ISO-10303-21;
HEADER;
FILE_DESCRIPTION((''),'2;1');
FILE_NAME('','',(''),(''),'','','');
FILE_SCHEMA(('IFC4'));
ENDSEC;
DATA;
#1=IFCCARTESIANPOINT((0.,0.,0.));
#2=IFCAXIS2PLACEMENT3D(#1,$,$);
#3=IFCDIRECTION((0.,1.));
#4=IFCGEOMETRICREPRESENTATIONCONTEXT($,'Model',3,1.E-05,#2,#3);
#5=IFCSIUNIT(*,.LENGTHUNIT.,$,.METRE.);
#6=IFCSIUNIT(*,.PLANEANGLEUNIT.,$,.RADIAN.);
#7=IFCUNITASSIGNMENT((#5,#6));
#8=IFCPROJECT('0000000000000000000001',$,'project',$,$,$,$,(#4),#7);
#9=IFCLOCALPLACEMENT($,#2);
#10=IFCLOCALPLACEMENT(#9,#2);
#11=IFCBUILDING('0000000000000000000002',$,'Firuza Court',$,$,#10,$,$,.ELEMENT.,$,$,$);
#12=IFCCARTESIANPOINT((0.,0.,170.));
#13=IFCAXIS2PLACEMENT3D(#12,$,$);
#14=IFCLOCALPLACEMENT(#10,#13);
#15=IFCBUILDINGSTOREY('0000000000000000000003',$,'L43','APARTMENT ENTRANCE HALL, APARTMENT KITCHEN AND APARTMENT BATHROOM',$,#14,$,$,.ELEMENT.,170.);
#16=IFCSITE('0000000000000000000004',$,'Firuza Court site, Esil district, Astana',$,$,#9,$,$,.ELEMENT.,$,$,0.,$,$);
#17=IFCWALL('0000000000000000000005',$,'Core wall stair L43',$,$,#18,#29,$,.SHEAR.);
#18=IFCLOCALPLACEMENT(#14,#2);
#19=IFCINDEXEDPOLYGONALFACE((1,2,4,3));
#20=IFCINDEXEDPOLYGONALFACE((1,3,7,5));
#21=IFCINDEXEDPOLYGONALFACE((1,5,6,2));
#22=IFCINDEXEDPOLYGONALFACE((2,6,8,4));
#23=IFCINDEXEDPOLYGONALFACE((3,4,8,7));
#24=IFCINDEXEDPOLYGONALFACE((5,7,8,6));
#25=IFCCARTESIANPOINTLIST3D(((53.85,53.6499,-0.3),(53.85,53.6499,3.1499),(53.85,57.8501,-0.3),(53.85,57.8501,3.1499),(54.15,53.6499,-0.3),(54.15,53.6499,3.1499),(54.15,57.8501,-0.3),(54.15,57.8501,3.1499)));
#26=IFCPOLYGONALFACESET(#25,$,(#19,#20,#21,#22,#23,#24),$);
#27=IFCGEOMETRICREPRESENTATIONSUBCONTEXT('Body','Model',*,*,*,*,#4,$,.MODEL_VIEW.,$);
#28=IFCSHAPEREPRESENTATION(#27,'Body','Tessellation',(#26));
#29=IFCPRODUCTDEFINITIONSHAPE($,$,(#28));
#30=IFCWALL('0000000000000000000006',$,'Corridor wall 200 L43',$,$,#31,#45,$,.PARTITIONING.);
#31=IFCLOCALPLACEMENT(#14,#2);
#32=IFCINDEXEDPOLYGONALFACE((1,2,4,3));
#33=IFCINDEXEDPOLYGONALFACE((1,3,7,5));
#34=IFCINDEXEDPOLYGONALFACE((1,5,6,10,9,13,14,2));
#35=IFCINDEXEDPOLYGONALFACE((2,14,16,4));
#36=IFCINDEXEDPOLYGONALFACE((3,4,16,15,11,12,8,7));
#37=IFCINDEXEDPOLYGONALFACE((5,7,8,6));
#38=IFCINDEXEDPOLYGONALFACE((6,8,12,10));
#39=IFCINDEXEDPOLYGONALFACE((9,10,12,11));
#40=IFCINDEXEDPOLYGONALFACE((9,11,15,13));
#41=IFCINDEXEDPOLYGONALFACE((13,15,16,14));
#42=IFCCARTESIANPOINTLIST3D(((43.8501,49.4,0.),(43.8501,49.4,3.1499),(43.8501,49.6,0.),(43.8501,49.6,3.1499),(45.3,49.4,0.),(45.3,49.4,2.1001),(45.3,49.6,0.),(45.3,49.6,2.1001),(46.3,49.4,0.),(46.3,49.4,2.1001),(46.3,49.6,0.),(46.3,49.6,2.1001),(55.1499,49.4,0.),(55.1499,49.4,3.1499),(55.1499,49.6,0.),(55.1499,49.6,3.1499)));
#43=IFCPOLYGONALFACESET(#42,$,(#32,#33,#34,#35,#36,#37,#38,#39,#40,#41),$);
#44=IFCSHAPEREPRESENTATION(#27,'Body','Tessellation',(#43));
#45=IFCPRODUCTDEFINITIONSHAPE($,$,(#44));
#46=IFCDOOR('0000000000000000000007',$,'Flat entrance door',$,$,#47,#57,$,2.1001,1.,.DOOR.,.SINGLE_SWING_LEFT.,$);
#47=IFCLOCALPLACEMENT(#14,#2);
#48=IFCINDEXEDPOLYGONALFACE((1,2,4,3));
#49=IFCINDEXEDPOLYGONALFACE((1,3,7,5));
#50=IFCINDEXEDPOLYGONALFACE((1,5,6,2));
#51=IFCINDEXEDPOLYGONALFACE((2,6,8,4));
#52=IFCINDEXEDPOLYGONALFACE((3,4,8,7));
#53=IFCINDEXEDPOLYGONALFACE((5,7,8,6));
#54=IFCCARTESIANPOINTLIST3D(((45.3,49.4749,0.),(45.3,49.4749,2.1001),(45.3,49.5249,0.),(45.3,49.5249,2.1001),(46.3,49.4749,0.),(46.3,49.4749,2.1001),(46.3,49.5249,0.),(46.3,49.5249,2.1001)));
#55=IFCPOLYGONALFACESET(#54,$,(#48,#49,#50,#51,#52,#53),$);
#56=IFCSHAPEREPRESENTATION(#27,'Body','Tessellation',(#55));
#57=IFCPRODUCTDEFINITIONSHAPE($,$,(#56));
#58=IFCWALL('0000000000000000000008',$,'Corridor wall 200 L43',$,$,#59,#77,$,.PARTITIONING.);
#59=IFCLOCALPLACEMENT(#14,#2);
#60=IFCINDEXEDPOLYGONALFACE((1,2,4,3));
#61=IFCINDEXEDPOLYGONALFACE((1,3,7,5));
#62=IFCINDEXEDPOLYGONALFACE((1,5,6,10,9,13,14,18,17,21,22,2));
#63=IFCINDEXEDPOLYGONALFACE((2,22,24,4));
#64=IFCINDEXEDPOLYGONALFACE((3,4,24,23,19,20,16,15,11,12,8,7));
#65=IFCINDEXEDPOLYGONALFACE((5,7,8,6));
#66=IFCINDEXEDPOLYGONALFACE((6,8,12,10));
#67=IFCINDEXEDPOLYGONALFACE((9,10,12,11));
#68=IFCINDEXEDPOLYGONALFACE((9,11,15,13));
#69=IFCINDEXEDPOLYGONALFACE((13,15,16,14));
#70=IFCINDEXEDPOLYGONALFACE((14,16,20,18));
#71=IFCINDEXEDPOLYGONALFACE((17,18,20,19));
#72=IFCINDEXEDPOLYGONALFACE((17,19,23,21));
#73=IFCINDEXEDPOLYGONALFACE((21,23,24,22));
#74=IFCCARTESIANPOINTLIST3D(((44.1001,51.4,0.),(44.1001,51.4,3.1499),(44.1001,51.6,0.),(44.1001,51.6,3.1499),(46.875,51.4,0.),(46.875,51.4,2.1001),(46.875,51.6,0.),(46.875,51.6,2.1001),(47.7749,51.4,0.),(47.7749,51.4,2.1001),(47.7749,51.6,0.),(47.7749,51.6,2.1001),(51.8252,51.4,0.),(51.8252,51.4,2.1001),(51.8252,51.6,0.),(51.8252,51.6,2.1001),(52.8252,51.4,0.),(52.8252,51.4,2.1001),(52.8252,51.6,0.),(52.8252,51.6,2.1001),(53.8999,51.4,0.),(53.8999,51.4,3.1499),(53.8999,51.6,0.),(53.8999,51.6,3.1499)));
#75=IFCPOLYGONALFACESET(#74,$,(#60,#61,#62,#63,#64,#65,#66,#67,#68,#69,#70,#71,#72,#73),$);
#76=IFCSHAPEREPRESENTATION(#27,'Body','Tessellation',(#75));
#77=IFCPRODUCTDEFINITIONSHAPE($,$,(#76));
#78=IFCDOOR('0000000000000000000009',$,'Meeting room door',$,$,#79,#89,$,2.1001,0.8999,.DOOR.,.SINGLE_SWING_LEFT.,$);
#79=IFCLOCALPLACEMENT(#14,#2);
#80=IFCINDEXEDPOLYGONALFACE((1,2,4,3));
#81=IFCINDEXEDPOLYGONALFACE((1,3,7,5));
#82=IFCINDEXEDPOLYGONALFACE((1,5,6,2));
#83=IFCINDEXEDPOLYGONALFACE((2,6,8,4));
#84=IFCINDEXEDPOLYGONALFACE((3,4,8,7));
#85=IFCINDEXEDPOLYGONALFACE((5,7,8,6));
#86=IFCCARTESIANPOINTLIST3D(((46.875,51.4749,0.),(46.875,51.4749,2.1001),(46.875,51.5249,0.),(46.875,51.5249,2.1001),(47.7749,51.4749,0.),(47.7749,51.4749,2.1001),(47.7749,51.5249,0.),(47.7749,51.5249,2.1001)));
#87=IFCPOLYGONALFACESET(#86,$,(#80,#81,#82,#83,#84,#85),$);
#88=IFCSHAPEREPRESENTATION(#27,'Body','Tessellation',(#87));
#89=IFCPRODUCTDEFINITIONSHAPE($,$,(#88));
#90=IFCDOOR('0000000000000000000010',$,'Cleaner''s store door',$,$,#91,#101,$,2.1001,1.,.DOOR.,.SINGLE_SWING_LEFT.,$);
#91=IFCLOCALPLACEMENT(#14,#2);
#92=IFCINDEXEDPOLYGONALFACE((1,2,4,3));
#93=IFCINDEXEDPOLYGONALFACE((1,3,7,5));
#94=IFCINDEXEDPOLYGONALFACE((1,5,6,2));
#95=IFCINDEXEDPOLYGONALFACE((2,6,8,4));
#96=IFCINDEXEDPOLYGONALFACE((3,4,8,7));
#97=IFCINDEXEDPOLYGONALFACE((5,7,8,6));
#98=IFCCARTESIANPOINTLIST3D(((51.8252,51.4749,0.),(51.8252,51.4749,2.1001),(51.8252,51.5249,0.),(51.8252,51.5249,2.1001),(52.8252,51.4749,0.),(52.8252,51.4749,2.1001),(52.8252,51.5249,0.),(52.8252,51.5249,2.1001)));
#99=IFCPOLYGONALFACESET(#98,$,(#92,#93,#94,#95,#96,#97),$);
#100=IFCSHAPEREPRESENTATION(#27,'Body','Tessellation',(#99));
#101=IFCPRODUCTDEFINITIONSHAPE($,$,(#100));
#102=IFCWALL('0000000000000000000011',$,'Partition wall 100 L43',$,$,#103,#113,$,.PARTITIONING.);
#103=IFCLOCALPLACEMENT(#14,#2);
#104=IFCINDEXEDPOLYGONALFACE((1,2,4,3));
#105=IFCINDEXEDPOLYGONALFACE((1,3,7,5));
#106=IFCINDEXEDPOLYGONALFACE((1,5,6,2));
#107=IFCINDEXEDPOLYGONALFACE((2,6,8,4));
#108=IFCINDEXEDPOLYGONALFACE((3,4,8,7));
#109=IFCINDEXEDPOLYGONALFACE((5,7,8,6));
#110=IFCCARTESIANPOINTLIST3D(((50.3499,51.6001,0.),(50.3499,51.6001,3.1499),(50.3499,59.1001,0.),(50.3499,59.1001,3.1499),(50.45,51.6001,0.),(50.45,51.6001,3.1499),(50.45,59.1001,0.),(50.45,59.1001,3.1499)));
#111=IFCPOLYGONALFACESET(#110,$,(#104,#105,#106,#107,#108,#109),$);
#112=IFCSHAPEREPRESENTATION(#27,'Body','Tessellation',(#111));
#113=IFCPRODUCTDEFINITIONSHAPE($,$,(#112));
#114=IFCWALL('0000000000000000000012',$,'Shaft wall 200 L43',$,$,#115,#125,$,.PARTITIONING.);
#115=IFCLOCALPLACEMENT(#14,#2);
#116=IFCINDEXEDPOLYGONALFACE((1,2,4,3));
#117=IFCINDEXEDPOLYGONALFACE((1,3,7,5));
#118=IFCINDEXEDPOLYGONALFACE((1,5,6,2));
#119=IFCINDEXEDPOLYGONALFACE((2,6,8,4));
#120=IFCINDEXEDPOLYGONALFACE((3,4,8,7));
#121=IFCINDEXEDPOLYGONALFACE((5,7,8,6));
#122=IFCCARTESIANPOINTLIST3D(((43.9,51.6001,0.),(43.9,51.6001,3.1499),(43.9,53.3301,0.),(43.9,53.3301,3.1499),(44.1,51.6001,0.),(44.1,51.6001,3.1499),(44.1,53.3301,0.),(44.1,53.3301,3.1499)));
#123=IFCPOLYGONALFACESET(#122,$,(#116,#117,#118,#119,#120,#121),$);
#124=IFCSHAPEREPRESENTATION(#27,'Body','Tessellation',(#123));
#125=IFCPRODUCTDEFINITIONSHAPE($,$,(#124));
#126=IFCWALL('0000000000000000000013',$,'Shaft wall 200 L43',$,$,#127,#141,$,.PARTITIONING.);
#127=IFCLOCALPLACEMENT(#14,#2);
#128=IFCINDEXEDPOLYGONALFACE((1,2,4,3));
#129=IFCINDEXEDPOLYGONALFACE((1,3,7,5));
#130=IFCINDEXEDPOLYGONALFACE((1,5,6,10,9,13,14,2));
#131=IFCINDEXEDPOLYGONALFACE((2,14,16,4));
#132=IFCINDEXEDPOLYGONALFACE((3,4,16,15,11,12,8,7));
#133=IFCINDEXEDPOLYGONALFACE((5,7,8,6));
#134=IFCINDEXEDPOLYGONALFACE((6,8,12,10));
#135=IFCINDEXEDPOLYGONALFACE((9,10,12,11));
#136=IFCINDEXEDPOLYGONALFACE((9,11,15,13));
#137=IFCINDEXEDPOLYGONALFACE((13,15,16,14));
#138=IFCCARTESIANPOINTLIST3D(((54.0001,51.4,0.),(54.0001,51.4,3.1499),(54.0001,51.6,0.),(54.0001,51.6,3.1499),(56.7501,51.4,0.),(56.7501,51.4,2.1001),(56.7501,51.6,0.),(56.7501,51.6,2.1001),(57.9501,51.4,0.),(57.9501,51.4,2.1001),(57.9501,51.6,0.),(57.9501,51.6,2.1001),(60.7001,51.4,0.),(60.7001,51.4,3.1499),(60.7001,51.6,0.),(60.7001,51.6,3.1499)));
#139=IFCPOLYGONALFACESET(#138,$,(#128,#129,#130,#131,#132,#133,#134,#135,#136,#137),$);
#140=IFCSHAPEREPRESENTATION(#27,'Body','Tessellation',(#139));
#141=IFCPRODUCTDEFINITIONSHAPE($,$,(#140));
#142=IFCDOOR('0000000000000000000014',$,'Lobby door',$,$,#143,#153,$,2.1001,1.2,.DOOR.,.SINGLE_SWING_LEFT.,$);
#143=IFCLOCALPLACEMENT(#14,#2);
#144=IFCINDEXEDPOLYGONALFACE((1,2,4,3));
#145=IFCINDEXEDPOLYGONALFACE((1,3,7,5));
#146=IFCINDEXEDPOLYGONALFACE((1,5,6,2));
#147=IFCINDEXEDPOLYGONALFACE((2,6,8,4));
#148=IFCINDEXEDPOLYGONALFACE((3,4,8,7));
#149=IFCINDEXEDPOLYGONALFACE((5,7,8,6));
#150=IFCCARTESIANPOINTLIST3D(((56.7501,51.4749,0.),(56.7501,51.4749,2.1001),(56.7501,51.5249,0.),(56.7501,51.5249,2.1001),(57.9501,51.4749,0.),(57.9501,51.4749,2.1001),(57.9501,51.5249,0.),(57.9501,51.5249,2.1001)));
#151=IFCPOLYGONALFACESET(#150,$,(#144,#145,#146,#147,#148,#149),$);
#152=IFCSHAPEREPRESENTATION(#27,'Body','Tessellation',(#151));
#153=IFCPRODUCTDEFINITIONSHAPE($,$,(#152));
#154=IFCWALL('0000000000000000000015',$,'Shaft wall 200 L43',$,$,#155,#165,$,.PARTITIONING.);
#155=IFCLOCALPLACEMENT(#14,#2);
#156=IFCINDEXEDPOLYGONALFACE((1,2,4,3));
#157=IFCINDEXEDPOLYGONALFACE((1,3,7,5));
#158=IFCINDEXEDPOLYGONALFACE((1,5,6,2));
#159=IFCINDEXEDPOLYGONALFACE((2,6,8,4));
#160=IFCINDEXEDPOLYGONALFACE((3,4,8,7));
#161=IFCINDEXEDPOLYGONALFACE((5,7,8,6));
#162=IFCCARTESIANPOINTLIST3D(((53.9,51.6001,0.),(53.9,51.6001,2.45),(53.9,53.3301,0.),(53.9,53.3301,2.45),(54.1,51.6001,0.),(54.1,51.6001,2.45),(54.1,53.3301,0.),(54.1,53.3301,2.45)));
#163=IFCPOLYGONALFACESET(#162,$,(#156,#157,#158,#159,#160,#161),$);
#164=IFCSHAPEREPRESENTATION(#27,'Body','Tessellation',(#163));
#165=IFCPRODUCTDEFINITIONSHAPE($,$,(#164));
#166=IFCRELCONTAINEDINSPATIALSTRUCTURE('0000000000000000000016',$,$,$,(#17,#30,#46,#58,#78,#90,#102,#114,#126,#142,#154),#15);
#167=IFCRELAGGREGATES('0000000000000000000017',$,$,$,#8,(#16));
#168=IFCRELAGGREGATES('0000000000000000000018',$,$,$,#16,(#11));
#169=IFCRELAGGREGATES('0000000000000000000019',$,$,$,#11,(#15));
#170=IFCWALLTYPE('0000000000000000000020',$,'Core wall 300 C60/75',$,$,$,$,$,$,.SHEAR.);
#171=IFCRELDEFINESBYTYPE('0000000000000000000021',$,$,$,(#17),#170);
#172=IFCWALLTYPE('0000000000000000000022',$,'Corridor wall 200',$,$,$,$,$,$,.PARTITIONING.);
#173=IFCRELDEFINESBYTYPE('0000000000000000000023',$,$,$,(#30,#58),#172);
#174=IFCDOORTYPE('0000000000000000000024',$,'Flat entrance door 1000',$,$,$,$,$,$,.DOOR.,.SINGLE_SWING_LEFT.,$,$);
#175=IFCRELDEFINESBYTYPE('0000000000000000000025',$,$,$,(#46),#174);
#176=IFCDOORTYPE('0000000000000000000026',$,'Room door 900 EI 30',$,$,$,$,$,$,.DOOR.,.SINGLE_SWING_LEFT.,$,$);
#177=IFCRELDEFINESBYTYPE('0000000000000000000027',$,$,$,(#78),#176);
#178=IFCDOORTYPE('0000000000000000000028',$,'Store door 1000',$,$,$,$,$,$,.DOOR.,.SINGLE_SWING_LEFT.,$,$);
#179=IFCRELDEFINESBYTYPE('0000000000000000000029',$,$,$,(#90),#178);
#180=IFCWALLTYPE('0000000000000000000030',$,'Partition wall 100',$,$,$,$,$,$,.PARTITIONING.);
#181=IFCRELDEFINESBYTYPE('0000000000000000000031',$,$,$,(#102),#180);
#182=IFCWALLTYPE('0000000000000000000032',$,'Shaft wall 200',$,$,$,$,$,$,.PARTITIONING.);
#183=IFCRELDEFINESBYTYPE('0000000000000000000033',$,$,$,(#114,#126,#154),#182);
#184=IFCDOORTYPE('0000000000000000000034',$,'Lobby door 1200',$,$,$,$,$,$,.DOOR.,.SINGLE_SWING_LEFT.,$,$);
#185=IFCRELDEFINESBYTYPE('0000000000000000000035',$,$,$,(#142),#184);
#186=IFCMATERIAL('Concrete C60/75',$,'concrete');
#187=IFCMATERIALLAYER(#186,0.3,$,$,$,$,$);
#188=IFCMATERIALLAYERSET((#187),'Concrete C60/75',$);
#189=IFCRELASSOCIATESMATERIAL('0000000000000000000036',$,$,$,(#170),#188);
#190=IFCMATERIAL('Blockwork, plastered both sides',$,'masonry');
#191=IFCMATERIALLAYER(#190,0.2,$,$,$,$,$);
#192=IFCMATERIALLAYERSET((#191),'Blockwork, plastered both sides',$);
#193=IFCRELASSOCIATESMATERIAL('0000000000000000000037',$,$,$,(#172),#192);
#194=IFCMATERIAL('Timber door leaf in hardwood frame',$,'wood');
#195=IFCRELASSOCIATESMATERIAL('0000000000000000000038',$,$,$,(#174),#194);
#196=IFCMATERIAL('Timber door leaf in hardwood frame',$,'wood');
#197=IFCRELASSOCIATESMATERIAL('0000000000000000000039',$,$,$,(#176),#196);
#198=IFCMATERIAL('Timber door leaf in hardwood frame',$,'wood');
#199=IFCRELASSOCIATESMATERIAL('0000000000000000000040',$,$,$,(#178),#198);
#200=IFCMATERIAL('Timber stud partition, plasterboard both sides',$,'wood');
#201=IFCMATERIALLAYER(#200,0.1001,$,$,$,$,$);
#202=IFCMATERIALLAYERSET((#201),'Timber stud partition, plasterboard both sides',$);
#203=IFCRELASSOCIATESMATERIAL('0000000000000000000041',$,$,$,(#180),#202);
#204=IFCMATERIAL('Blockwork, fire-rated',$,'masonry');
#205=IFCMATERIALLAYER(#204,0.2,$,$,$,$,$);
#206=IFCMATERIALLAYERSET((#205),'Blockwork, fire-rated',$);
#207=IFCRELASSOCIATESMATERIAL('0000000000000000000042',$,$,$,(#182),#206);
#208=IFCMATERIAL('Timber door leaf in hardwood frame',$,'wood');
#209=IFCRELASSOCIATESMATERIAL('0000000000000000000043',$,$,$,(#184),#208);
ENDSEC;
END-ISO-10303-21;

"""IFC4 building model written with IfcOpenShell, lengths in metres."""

from ifc_helpers import new_model, si_unit, direction, frame, frame_2d, origin, place, context, subcontext, project, spatial, rectangle, extrude, material, layer, layer_set, type_object, element, fill, save


model = new_model("IFC4")

# Units and contexts
model_context = context("Model", 3, precision=1e-05, world=origin(), true_north=direction((0.0, 1.0)))
body_context = subcontext(model_context, "Body", "Model", "MODEL_VIEW")
ifc_project = project(units=[si_unit("LENGTHUNIT", "METRE"), si_unit("PLANEANGLEUNIT", "RADIAN")], contexts=[model_context])

# Site, building, storey
site_placement = place(None, origin())
site = spatial("IfcSite", under=ifc_project, at=site_placement, Name="Firuza Court site, Esil district, Astana", CompositionType="ELEMENT", RefElevation=0.0)
building_placement = place(site_placement, origin())
building = spatial("IfcBuilding", under=site, at=building_placement, Name="Firuza Court", CompositionType="ELEMENT")
storey_placement = place(building_placement, frame((0.0, 0.0, 170.0)))
storey = spatial("IfcBuildingStorey", under=building, at=storey_placement, Name="L43", Description="APARTMENT ENTRANCE HALL, APARTMENT KITCHEN AND APARTMENT BATHROOM", CompositionType="ELEMENT", Elevation=170.0)

# Shared definitions
ifc_material_1 = material(Name="Concrete C60/75", Category="concrete")
ifc_layer_1 = layer(ifc_material_1, 0.3)
ifc_layer_set_1 = layer_set([ifc_layer_1], Name="Concrete C60/75")
wall_type_1 = type_object("IfcWallType", Name="Core wall 300 C60/75", PredefinedType="SHEAR", material=ifc_layer_set_1)

# Wall
wall_1_placement = place(storey_placement, frame((54.0, 53.6499, -0.3), z_axis=(0.0, 0.0, 1.0), x_axis=(0.0, 1.0, 0.0)))
element("IfcWall", 1, at=wall_1_placement, inside=storey, type_object=wall_type_1, Name="Core wall stair L43", PredefinedType="SHEAR", context=body_context, shape_type="SweptSolid", body=[
    extrude(rectangle(XDim=4.2002, YDim=0.3, at=frame_2d((2.1001, 0.0))), origin(), (0.0, 0.0, 1.0), 3.45),
])

# Wall, opening, door
ifc_material_2 = material(Name="Blockwork, plastered both sides", Category="masonry")
ifc_layer_2 = layer(ifc_material_2, 0.2)
ifc_layer_set_2 = layer_set([ifc_layer_2], Name="Blockwork, plastered both sides")
wall_type_2 = type_object("IfcWallType", Name="Corridor wall 200", PredefinedType="PARTITIONING", material=ifc_layer_set_2)
wall_2_placement = place(storey_placement, frame((43.8501, 49.5, 0.0), z_axis=(0.0, 0.0, 1.0), x_axis=(1.0, 0.0, 0.0)))
wall_2 = element("IfcWall", 2, at=wall_2_placement, inside=storey, type_object=wall_type_2, Name="Corridor wall 200 L43", PredefinedType="PARTITIONING", context=body_context, shape_type="SweptSolid", body=[
    extrude(rectangle(XDim=11.2998, YDim=0.2, at=frame_2d((5.6499, 0.0))), origin(), (0.0, 0.0, 1.0), 3.1499),
])
opening_1_placement = place(wall_2_placement, frame((1.45, 0.0, 0.0)))
opening_1 = element("IfcOpeningElement", 3, at=opening_1_placement, cuts=wall_2, PredefinedType="OPENING", context=body_context, shape_type="SweptSolid", body=[
    extrude(rectangle(XDim=1.0, YDim=2.1001, at=frame_2d((0.5, 1.05))), frame((0.0, 0.1118, 0.0), z_axis=(0.0, -1.0, 0.0), x_axis=(1.0, 0.0, 0.0)), (0.0, 0.0, 1.0), 0.2239),
])
ifc_material_3 = material(Name="Timber door leaf in hardwood frame", Category="wood")
door_type_1 = type_object("IfcDoorType", Name="Flat entrance door 1000", OperationType="SINGLE_SWING_LEFT", PredefinedType="DOOR", material=ifc_material_3)
door_1_placement = place(opening_1_placement, origin())
door_1 = element("IfcDoor", 4, at=door_1_placement, inside=storey, type_object=door_type_1, Name="Flat entrance door", OperationType="SINGLE_SWING_LEFT", OverallHeight=2.1001, OverallWidth=1.0, PredefinedType="DOOR", context=body_context, shape_type="SweptSolid", body=[
    extrude(rectangle(XDim=1.0, YDim=2.1001, at=frame_2d((0.5, 1.05))), frame((0.0, 0.0249, 0.0), z_axis=(0.0, -1.0, 0.0), x_axis=(1.0, 0.0, 0.0)), (0.0, 0.0, 1.0), 0.05),
])
fill(opening_1, door_1)

# Wall, openings, doors
wall_3_placement = place(storey_placement, frame((44.1001, 51.5, 0.0), z_axis=(0.0, 0.0, 1.0), x_axis=(1.0, 0.0, 0.0)))
wall_3 = element("IfcWall", 5, at=wall_3_placement, inside=storey, type_object=wall_type_2, Name="Corridor wall 200 L43", PredefinedType="PARTITIONING", context=body_context, shape_type="SweptSolid", body=[
    extrude(rectangle(XDim=9.7998, YDim=0.2, at=frame_2d((4.8999, 0.0))), origin(), (0.0, 0.0, 1.0), 3.1499),
])
opening_2_placement = place(wall_3_placement, frame((2.7749, 0.0, 0.0)))
opening_2 = element("IfcOpeningElement", 6, at=opening_2_placement, cuts=wall_3, PredefinedType="OPENING", context=body_context, shape_type="SweptSolid", body=[
    extrude(rectangle(XDim=0.8999, YDim=2.1001, at=frame_2d((0.45, 1.05))), frame((0.0, 0.1118, 0.0), z_axis=(0.0, -1.0, 0.0), x_axis=(1.0, 0.0, 0.0)), (0.0, 0.0, 1.0), 0.2239),
])
opening_3_placement = place(wall_3_placement, frame((7.7251, 0.0, 0.0)))
opening_3 = element("IfcOpeningElement", 7, at=opening_3_placement, cuts=wall_3, PredefinedType="OPENING", context=body_context, shape_type="SweptSolid", body=[
    extrude(rectangle(XDim=1.0, YDim=2.1001, at=frame_2d((0.5, 1.05))), frame((0.0, 0.1118, 0.0), z_axis=(0.0, -1.0, 0.0), x_axis=(1.0, 0.0, 0.0)), (0.0, 0.0, 1.0), 0.2239),
])
ifc_material_4 = material(Name="Timber door leaf in hardwood frame", Category="wood")
door_type_2 = type_object("IfcDoorType", Name="Room door 900 EI 30", OperationType="SINGLE_SWING_LEFT", PredefinedType="DOOR", material=ifc_material_4)
door_2_placement = place(opening_2_placement, origin())
door_2 = element("IfcDoor", 8, at=door_2_placement, inside=storey, type_object=door_type_2, Name="Meeting room door", OperationType="SINGLE_SWING_LEFT", OverallHeight=2.1001, OverallWidth=0.8999, PredefinedType="DOOR", context=body_context, shape_type="SweptSolid", body=[
    extrude(rectangle(XDim=0.8999, YDim=2.1001, at=frame_2d((0.45, 1.05))), frame((0.0, 0.0249, 0.0), z_axis=(0.0, -1.0, 0.0), x_axis=(1.0, 0.0, 0.0)), (0.0, 0.0, 1.0), 0.05),
])
fill(opening_2, door_2)
ifc_material_5 = material(Name="Timber door leaf in hardwood frame", Category="wood")
door_type_3 = type_object("IfcDoorType", Name="Store door 1000", OperationType="SINGLE_SWING_LEFT", PredefinedType="DOOR", material=ifc_material_5)
door_3_placement = place(opening_3_placement, origin())
door_3 = element("IfcDoor", 9, at=door_3_placement, inside=storey, type_object=door_type_3, Name="Cleaner's store door", OperationType="SINGLE_SWING_LEFT", OverallHeight=2.1001, OverallWidth=1.0, PredefinedType="DOOR", context=body_context, shape_type="SweptSolid", body=[
    extrude(rectangle(XDim=1.0, YDim=2.1001, at=frame_2d((0.5, 1.05))), frame((0.0, 0.0249, 0.0), z_axis=(0.0, -1.0, 0.0), x_axis=(1.0, 0.0, 0.0)), (0.0, 0.0, 1.0), 0.05),
])
fill(opening_3, door_3)

# Walls
ifc_material_6 = material(Name="Timber stud partition, plasterboard both sides", Category="wood")
ifc_layer_3 = layer(ifc_material_6, 0.1001)
ifc_layer_set_3 = layer_set([ifc_layer_3], Name="Timber stud partition, plasterboard both sides")
wall_type_3 = type_object("IfcWallType", Name="Partition wall 100", PredefinedType="PARTITIONING", material=ifc_layer_set_3)
wall_4_placement = place(storey_placement, frame((50.3999, 51.6001, 0.0), z_axis=(0.0, 0.0, 1.0), x_axis=(0.0, 1.0, 0.0)))
element("IfcWall", 10, at=wall_4_placement, inside=storey, type_object=wall_type_3, Name="Partition wall 100 L43", PredefinedType="PARTITIONING", context=body_context, shape_type="SweptSolid", body=[
    extrude(rectangle(XDim=7.5, YDim=0.1001, at=frame_2d((3.75, 0.0))), origin(), (0.0, 0.0, 1.0), 3.1499),
])
ifc_material_7 = material(Name="Blockwork, fire-rated", Category="masonry")
ifc_layer_4 = layer(ifc_material_7, 0.2)
ifc_layer_set_4 = layer_set([ifc_layer_4], Name="Blockwork, fire-rated")
wall_type_4 = type_object("IfcWallType", Name="Shaft wall 200", PredefinedType="PARTITIONING", material=ifc_layer_set_4)
wall_5_placement = place(storey_placement, frame((44.0, 51.6001, 0.0), z_axis=(0.0, 0.0, 1.0), x_axis=(0.0, 1.0, 0.0)))
element("IfcWall", 11, at=wall_5_placement, inside=storey, type_object=wall_type_4, Name="Shaft wall 200 L43", PredefinedType="PARTITIONING", context=body_context, shape_type="SweptSolid", body=[
    extrude(rectangle(XDim=1.73, YDim=0.2, at=frame_2d((0.865, 0.0))), origin(), (0.0, 0.0, 1.0), 3.1499),
])

# Wall, opening, door
wall_6_placement = place(storey_placement, frame((54.0, 51.5, 0.0), z_axis=(0.0, 0.0, 1.0), x_axis=(1.0, 0.0, 0.0)))
wall_6 = element("IfcWall", 12, at=wall_6_placement, inside=storey, type_object=wall_type_4, Name="Shaft wall 200 L43", PredefinedType="PARTITIONING", context=body_context, shape_type="SweptSolid", body=[
    extrude(rectangle(XDim=6.7, YDim=0.2, at=frame_2d((3.3501, 0.0))), origin(), (0.0, 0.0, 1.0), 3.1499),
])
opening_4_placement = place(wall_6_placement, frame((2.75, 0.0, 0.0)))
opening_4 = element("IfcOpeningElement", 13, at=opening_4_placement, cuts=wall_6, PredefinedType="OPENING", context=body_context, shape_type="SweptSolid", body=[
    extrude(rectangle(XDim=1.2, YDim=2.1001, at=frame_2d((0.6001, 1.05))), frame((0.0, 0.1118, 0.0), z_axis=(0.0, -1.0, 0.0), x_axis=(1.0, 0.0, 0.0)), (0.0, 0.0, 1.0), 0.2239),
])
ifc_material_8 = material(Name="Timber door leaf in hardwood frame", Category="wood")
door_type_4 = type_object("IfcDoorType", Name="Lobby door 1200", OperationType="SINGLE_SWING_LEFT", PredefinedType="DOOR", material=ifc_material_8)
door_4_placement = place(opening_4_placement, origin())
door_4 = element("IfcDoor", 14, at=door_4_placement, inside=storey, type_object=door_type_4, Name="Lobby door", OperationType="SINGLE_SWING_LEFT", OverallHeight=2.1001, OverallWidth=1.2, PredefinedType="DOOR", context=body_context, shape_type="SweptSolid", body=[
    extrude(rectangle(XDim=1.2, YDim=2.1001, at=frame_2d((0.6001, 1.05))), frame((0.0, 0.0249, 0.0), z_axis=(0.0, -1.0, 0.0), x_axis=(1.0, 0.0, 0.0)), (0.0, 0.0, 1.0), 0.05),
])
fill(opening_4, door_4)

# Wall
wall_7_placement = place(storey_placement, frame((54.0, 51.6001, 0.0), z_axis=(0.0, 0.0, 1.0), x_axis=(0.0, 1.0, 0.0)))
element("IfcWall", 15, at=wall_7_placement, inside=storey, type_object=wall_type_4, Name="Shaft wall 200 L43", PredefinedType="PARTITIONING", context=body_context, shape_type="SweptSolid", body=[
    extrude(rectangle(XDim=1.73, YDim=0.2, at=frame_2d((0.865, 0.0))), origin(), (0.0, 0.0, 1.0), 2.45),
])

save(model, "model.ifc")
